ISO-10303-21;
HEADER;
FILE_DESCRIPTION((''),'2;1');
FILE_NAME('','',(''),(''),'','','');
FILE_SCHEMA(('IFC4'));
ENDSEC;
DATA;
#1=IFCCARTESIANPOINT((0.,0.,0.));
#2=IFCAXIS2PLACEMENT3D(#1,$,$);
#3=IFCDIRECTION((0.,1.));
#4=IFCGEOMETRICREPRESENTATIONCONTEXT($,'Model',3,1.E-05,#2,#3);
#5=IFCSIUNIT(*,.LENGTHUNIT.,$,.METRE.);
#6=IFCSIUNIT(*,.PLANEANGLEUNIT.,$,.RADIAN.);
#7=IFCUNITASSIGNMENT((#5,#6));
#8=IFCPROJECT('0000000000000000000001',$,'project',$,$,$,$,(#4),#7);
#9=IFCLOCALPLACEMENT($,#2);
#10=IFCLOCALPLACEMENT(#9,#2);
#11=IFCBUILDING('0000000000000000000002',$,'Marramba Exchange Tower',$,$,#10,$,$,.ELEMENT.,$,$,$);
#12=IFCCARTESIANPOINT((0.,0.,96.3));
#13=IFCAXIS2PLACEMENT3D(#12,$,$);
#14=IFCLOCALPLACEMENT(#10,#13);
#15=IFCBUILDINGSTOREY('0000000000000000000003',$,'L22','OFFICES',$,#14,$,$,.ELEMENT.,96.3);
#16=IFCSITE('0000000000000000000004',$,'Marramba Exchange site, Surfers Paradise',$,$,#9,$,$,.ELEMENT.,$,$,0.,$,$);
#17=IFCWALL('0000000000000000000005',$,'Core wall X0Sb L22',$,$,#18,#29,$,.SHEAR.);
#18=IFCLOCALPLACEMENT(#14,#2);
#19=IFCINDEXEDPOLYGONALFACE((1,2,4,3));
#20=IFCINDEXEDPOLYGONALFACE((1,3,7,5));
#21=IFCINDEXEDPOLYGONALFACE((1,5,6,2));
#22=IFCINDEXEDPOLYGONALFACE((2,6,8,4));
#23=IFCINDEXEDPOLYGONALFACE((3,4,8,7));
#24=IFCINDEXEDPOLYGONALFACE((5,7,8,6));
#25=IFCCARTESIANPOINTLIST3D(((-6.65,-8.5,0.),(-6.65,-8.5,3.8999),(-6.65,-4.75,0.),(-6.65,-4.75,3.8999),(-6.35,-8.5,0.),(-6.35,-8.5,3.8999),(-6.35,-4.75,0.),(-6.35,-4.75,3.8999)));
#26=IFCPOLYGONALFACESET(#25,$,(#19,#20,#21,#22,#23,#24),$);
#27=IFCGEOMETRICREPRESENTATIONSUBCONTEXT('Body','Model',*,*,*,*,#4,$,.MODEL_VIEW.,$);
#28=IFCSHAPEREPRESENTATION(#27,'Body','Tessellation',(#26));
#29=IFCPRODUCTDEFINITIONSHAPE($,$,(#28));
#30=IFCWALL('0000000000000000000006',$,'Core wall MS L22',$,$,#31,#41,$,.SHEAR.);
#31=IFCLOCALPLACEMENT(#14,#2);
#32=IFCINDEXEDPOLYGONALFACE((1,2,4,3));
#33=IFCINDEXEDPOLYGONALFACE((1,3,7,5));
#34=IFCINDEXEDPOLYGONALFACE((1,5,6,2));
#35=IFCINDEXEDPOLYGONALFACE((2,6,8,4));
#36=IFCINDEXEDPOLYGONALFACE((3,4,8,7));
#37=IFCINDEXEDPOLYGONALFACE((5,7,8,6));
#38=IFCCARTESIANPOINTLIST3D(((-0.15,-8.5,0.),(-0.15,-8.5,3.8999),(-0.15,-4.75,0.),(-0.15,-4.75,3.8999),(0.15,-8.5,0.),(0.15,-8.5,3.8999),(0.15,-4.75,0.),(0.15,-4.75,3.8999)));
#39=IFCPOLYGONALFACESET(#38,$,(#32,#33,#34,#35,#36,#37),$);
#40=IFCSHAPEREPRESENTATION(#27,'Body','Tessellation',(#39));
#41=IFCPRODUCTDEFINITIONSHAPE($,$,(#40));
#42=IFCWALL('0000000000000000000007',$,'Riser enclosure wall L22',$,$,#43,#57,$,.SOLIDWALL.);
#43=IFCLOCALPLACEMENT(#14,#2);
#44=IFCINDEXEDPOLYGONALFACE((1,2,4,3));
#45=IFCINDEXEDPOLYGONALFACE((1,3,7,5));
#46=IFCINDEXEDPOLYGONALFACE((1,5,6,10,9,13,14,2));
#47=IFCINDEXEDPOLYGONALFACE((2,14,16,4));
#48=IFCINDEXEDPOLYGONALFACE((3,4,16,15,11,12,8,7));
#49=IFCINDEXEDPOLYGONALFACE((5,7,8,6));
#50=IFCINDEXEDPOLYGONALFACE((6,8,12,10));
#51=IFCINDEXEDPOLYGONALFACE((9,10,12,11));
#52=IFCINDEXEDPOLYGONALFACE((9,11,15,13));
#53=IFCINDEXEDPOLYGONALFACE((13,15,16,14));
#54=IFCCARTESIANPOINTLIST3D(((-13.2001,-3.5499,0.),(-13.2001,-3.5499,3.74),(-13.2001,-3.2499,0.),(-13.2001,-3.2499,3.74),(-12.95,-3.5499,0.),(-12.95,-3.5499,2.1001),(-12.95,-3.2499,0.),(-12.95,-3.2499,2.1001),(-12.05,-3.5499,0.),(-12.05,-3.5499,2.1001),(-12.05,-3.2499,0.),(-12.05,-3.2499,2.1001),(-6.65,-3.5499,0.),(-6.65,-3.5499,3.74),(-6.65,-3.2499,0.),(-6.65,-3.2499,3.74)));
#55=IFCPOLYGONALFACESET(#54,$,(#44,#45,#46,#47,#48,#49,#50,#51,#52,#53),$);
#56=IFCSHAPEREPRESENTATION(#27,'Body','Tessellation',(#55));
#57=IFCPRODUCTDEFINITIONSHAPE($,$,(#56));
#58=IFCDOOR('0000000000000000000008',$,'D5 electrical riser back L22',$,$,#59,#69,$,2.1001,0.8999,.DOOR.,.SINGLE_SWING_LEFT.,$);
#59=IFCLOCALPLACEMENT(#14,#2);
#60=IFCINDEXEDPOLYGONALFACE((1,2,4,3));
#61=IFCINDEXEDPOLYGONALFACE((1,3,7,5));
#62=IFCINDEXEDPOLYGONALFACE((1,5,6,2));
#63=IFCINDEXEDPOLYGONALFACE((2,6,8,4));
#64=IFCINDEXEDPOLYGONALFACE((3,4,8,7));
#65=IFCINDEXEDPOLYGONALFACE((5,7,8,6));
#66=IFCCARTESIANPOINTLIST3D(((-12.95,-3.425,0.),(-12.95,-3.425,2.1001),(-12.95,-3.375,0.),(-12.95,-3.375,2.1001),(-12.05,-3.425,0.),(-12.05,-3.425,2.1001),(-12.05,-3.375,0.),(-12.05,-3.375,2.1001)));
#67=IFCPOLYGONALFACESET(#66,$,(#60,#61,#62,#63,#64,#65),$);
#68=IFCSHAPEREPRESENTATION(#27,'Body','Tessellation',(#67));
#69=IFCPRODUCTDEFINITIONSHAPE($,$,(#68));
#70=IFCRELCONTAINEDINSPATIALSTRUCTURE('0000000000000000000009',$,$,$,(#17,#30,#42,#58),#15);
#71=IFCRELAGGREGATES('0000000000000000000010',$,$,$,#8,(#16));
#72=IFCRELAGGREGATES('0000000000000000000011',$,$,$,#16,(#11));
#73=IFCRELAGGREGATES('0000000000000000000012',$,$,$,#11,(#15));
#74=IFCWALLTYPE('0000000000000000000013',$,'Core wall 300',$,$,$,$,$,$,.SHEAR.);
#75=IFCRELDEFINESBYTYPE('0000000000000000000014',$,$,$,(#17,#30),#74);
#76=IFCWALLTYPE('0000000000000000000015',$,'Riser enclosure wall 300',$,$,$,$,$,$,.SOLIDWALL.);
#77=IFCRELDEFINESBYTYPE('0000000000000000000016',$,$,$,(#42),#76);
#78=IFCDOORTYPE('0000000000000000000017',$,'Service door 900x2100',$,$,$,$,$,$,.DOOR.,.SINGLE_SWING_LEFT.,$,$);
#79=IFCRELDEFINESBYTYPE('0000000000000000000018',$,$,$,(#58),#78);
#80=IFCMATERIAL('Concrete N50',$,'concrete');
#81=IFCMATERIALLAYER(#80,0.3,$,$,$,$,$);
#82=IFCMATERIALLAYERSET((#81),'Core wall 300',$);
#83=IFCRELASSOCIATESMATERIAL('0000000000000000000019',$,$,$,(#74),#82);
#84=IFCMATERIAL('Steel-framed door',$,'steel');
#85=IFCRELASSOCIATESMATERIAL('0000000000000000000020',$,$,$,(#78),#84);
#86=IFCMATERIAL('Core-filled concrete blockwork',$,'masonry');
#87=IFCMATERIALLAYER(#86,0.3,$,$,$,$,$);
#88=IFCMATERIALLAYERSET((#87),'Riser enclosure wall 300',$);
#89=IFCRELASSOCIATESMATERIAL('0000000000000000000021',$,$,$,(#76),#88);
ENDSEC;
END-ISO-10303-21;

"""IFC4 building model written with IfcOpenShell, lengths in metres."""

from ifc_helpers import new_model, si_unit, direction, frame, frame_2d, origin, place, context, subcontext, project, spatial, rectangle, extrude, material, layer, layer_set, type_object, element, fill, save


model = new_model("IFC4")

# Units and contexts
model_context = context("Model", 3, precision=1e-05, world=origin(), true_north=direction((0.0, 1.0)))
body_context = subcontext(model_context, "Body", "Model", "MODEL_VIEW")
ifc_project = project(units=[si_unit("LENGTHUNIT", "METRE"), si_unit("PLANEANGLEUNIT", "RADIAN")], contexts=[model_context])

# Site, building, storey
site_placement = place(None, origin())
site = spatial("IfcSite", under=ifc_project, at=site_placement, Name="Marramba Exchange site, Surfers Paradise", CompositionType="ELEMENT", RefElevation=0.0)
building_placement = place(site_placement, origin())
building = spatial("IfcBuilding", under=site, at=building_placement, Name="Marramba Exchange Tower", CompositionType="ELEMENT")
storey_placement = place(building_placement, frame((0.0, 0.0, 96.3)))
storey = spatial("IfcBuildingStorey", under=building, at=storey_placement, Name="L22", Description="OFFICES", CompositionType="ELEMENT", Elevation=96.3)

# Shared definitions
ifc_material_1 = material(Name="Concrete N50", Category="concrete")

# Shared definitions
ifc_layer_1 = layer(ifc_material_1, 0.3)
ifc_layer_set_1 = layer_set([ifc_layer_1], Name="Core wall 300")
wall_type_1 = type_object("IfcWallType", Name="Core wall 300", PredefinedType="SHEAR", material=ifc_layer_set_1)
ifc_material_2 = material(Name="Steel-framed door", Category="steel")
door_type_1 = type_object("IfcDoorType", Name="Service door 900x2100", OperationType="SINGLE_SWING_LEFT", PredefinedType="DOOR", material=ifc_material_2)

# Walls
for number, where, z_axis, x_axis, name in (
    (1, (-6.5, -4.75, 0.0), (0.0, 0.0, 1.0), (0.0, -1.0, 0.0), "Core wall X0Sb L22"),
    (2, (0.0, -4.75, 0.0), (0.0, 0.0, 1.0), (0.0, -1.0, 0.0), "Core wall MS L22"),
):
    element("IfcWall", number, at=place(storey_placement, frame(where, z_axis=z_axis, x_axis=x_axis)), inside=storey, type_object=wall_type_1, Name=name, PredefinedType="SHEAR", context=body_context, shape_type="SweptSolid", body=[
        extrude(rectangle(XDim=3.75, YDim=0.3, at=frame_2d((1.875, 0.0))), origin(), (0.0, 0.0, 1.0), 3.8999),
    ])

# Wall, opening, door
ifc_material_3 = material(Name="Core-filled concrete blockwork", Category="masonry")
ifc_layer_2 = layer(ifc_material_3, 0.3)
ifc_layer_set_2 = layer_set([ifc_layer_2], Name="Riser enclosure wall 300")
wall_type_2 = type_object("IfcWallType", Name="Riser enclosure wall 300", PredefinedType="SOLIDWALL", material=ifc_layer_set_2)
wall_1_placement = place(storey_placement, frame((-13.2, -3.3999, 0.0), z_axis=(0.0, 0.0, 1.0), x_axis=(1.0, 0.0, 0.0)))
wall_1 = element("IfcWall", 3, at=wall_1_placement, inside=storey, type_object=wall_type_2, Name="Riser enclosure wall L22", PredefinedType="SOLIDWALL", context=body_context, shape_type="SweptSolid", body=[
    extrude(rectangle(XDim=6.55, YDim=0.3, at=frame_2d((3.2749, 0.0))), origin(), (0.0, 0.0, 1.0), 3.74),
])
opening_1_placement = place(wall_1_placement, frame((0.25, 0.0, 0.0)))
opening_1 = element("IfcOpeningElement", 4, at=opening_1_placement, cuts=wall_1, PredefinedType="OPENING", context=body_context, shape_type="SweptSolid", body=[
    extrude(rectangle(XDim=0.8999, YDim=2.1001, at=frame_2d((0.45, 1.05))), frame((0.0, 0.1599, 0.0), z_axis=(0.0, -1.0, 0.0), x_axis=(1.0, 0.0, 0.0)), (0.0, 0.0, 1.0), 0.3201),
])
door_1_placement = place(opening_1_placement, origin())
door_1 = element("IfcDoor", 5, at=door_1_placement, inside=storey, type_object=door_type_1, Name="D5 electrical riser back L22", OperationType="SINGLE_SWING_LEFT", OverallHeight=2.1001, OverallWidth=0.8999, PredefinedType="DOOR", context=body_context, shape_type="SweptSolid", body=[
    extrude(rectangle(XDim=0.8999, YDim=2.1001, at=frame_2d((0.45, 1.05))), frame((0.0, 0.0249, 0.0), z_axis=(0.0, -1.0, 0.0), x_axis=(1.0, 0.0, 0.0)), (0.0, 0.0, 1.0), 0.05),
])
fill(opening_1, door_1)

save(model, "model.ifc")
